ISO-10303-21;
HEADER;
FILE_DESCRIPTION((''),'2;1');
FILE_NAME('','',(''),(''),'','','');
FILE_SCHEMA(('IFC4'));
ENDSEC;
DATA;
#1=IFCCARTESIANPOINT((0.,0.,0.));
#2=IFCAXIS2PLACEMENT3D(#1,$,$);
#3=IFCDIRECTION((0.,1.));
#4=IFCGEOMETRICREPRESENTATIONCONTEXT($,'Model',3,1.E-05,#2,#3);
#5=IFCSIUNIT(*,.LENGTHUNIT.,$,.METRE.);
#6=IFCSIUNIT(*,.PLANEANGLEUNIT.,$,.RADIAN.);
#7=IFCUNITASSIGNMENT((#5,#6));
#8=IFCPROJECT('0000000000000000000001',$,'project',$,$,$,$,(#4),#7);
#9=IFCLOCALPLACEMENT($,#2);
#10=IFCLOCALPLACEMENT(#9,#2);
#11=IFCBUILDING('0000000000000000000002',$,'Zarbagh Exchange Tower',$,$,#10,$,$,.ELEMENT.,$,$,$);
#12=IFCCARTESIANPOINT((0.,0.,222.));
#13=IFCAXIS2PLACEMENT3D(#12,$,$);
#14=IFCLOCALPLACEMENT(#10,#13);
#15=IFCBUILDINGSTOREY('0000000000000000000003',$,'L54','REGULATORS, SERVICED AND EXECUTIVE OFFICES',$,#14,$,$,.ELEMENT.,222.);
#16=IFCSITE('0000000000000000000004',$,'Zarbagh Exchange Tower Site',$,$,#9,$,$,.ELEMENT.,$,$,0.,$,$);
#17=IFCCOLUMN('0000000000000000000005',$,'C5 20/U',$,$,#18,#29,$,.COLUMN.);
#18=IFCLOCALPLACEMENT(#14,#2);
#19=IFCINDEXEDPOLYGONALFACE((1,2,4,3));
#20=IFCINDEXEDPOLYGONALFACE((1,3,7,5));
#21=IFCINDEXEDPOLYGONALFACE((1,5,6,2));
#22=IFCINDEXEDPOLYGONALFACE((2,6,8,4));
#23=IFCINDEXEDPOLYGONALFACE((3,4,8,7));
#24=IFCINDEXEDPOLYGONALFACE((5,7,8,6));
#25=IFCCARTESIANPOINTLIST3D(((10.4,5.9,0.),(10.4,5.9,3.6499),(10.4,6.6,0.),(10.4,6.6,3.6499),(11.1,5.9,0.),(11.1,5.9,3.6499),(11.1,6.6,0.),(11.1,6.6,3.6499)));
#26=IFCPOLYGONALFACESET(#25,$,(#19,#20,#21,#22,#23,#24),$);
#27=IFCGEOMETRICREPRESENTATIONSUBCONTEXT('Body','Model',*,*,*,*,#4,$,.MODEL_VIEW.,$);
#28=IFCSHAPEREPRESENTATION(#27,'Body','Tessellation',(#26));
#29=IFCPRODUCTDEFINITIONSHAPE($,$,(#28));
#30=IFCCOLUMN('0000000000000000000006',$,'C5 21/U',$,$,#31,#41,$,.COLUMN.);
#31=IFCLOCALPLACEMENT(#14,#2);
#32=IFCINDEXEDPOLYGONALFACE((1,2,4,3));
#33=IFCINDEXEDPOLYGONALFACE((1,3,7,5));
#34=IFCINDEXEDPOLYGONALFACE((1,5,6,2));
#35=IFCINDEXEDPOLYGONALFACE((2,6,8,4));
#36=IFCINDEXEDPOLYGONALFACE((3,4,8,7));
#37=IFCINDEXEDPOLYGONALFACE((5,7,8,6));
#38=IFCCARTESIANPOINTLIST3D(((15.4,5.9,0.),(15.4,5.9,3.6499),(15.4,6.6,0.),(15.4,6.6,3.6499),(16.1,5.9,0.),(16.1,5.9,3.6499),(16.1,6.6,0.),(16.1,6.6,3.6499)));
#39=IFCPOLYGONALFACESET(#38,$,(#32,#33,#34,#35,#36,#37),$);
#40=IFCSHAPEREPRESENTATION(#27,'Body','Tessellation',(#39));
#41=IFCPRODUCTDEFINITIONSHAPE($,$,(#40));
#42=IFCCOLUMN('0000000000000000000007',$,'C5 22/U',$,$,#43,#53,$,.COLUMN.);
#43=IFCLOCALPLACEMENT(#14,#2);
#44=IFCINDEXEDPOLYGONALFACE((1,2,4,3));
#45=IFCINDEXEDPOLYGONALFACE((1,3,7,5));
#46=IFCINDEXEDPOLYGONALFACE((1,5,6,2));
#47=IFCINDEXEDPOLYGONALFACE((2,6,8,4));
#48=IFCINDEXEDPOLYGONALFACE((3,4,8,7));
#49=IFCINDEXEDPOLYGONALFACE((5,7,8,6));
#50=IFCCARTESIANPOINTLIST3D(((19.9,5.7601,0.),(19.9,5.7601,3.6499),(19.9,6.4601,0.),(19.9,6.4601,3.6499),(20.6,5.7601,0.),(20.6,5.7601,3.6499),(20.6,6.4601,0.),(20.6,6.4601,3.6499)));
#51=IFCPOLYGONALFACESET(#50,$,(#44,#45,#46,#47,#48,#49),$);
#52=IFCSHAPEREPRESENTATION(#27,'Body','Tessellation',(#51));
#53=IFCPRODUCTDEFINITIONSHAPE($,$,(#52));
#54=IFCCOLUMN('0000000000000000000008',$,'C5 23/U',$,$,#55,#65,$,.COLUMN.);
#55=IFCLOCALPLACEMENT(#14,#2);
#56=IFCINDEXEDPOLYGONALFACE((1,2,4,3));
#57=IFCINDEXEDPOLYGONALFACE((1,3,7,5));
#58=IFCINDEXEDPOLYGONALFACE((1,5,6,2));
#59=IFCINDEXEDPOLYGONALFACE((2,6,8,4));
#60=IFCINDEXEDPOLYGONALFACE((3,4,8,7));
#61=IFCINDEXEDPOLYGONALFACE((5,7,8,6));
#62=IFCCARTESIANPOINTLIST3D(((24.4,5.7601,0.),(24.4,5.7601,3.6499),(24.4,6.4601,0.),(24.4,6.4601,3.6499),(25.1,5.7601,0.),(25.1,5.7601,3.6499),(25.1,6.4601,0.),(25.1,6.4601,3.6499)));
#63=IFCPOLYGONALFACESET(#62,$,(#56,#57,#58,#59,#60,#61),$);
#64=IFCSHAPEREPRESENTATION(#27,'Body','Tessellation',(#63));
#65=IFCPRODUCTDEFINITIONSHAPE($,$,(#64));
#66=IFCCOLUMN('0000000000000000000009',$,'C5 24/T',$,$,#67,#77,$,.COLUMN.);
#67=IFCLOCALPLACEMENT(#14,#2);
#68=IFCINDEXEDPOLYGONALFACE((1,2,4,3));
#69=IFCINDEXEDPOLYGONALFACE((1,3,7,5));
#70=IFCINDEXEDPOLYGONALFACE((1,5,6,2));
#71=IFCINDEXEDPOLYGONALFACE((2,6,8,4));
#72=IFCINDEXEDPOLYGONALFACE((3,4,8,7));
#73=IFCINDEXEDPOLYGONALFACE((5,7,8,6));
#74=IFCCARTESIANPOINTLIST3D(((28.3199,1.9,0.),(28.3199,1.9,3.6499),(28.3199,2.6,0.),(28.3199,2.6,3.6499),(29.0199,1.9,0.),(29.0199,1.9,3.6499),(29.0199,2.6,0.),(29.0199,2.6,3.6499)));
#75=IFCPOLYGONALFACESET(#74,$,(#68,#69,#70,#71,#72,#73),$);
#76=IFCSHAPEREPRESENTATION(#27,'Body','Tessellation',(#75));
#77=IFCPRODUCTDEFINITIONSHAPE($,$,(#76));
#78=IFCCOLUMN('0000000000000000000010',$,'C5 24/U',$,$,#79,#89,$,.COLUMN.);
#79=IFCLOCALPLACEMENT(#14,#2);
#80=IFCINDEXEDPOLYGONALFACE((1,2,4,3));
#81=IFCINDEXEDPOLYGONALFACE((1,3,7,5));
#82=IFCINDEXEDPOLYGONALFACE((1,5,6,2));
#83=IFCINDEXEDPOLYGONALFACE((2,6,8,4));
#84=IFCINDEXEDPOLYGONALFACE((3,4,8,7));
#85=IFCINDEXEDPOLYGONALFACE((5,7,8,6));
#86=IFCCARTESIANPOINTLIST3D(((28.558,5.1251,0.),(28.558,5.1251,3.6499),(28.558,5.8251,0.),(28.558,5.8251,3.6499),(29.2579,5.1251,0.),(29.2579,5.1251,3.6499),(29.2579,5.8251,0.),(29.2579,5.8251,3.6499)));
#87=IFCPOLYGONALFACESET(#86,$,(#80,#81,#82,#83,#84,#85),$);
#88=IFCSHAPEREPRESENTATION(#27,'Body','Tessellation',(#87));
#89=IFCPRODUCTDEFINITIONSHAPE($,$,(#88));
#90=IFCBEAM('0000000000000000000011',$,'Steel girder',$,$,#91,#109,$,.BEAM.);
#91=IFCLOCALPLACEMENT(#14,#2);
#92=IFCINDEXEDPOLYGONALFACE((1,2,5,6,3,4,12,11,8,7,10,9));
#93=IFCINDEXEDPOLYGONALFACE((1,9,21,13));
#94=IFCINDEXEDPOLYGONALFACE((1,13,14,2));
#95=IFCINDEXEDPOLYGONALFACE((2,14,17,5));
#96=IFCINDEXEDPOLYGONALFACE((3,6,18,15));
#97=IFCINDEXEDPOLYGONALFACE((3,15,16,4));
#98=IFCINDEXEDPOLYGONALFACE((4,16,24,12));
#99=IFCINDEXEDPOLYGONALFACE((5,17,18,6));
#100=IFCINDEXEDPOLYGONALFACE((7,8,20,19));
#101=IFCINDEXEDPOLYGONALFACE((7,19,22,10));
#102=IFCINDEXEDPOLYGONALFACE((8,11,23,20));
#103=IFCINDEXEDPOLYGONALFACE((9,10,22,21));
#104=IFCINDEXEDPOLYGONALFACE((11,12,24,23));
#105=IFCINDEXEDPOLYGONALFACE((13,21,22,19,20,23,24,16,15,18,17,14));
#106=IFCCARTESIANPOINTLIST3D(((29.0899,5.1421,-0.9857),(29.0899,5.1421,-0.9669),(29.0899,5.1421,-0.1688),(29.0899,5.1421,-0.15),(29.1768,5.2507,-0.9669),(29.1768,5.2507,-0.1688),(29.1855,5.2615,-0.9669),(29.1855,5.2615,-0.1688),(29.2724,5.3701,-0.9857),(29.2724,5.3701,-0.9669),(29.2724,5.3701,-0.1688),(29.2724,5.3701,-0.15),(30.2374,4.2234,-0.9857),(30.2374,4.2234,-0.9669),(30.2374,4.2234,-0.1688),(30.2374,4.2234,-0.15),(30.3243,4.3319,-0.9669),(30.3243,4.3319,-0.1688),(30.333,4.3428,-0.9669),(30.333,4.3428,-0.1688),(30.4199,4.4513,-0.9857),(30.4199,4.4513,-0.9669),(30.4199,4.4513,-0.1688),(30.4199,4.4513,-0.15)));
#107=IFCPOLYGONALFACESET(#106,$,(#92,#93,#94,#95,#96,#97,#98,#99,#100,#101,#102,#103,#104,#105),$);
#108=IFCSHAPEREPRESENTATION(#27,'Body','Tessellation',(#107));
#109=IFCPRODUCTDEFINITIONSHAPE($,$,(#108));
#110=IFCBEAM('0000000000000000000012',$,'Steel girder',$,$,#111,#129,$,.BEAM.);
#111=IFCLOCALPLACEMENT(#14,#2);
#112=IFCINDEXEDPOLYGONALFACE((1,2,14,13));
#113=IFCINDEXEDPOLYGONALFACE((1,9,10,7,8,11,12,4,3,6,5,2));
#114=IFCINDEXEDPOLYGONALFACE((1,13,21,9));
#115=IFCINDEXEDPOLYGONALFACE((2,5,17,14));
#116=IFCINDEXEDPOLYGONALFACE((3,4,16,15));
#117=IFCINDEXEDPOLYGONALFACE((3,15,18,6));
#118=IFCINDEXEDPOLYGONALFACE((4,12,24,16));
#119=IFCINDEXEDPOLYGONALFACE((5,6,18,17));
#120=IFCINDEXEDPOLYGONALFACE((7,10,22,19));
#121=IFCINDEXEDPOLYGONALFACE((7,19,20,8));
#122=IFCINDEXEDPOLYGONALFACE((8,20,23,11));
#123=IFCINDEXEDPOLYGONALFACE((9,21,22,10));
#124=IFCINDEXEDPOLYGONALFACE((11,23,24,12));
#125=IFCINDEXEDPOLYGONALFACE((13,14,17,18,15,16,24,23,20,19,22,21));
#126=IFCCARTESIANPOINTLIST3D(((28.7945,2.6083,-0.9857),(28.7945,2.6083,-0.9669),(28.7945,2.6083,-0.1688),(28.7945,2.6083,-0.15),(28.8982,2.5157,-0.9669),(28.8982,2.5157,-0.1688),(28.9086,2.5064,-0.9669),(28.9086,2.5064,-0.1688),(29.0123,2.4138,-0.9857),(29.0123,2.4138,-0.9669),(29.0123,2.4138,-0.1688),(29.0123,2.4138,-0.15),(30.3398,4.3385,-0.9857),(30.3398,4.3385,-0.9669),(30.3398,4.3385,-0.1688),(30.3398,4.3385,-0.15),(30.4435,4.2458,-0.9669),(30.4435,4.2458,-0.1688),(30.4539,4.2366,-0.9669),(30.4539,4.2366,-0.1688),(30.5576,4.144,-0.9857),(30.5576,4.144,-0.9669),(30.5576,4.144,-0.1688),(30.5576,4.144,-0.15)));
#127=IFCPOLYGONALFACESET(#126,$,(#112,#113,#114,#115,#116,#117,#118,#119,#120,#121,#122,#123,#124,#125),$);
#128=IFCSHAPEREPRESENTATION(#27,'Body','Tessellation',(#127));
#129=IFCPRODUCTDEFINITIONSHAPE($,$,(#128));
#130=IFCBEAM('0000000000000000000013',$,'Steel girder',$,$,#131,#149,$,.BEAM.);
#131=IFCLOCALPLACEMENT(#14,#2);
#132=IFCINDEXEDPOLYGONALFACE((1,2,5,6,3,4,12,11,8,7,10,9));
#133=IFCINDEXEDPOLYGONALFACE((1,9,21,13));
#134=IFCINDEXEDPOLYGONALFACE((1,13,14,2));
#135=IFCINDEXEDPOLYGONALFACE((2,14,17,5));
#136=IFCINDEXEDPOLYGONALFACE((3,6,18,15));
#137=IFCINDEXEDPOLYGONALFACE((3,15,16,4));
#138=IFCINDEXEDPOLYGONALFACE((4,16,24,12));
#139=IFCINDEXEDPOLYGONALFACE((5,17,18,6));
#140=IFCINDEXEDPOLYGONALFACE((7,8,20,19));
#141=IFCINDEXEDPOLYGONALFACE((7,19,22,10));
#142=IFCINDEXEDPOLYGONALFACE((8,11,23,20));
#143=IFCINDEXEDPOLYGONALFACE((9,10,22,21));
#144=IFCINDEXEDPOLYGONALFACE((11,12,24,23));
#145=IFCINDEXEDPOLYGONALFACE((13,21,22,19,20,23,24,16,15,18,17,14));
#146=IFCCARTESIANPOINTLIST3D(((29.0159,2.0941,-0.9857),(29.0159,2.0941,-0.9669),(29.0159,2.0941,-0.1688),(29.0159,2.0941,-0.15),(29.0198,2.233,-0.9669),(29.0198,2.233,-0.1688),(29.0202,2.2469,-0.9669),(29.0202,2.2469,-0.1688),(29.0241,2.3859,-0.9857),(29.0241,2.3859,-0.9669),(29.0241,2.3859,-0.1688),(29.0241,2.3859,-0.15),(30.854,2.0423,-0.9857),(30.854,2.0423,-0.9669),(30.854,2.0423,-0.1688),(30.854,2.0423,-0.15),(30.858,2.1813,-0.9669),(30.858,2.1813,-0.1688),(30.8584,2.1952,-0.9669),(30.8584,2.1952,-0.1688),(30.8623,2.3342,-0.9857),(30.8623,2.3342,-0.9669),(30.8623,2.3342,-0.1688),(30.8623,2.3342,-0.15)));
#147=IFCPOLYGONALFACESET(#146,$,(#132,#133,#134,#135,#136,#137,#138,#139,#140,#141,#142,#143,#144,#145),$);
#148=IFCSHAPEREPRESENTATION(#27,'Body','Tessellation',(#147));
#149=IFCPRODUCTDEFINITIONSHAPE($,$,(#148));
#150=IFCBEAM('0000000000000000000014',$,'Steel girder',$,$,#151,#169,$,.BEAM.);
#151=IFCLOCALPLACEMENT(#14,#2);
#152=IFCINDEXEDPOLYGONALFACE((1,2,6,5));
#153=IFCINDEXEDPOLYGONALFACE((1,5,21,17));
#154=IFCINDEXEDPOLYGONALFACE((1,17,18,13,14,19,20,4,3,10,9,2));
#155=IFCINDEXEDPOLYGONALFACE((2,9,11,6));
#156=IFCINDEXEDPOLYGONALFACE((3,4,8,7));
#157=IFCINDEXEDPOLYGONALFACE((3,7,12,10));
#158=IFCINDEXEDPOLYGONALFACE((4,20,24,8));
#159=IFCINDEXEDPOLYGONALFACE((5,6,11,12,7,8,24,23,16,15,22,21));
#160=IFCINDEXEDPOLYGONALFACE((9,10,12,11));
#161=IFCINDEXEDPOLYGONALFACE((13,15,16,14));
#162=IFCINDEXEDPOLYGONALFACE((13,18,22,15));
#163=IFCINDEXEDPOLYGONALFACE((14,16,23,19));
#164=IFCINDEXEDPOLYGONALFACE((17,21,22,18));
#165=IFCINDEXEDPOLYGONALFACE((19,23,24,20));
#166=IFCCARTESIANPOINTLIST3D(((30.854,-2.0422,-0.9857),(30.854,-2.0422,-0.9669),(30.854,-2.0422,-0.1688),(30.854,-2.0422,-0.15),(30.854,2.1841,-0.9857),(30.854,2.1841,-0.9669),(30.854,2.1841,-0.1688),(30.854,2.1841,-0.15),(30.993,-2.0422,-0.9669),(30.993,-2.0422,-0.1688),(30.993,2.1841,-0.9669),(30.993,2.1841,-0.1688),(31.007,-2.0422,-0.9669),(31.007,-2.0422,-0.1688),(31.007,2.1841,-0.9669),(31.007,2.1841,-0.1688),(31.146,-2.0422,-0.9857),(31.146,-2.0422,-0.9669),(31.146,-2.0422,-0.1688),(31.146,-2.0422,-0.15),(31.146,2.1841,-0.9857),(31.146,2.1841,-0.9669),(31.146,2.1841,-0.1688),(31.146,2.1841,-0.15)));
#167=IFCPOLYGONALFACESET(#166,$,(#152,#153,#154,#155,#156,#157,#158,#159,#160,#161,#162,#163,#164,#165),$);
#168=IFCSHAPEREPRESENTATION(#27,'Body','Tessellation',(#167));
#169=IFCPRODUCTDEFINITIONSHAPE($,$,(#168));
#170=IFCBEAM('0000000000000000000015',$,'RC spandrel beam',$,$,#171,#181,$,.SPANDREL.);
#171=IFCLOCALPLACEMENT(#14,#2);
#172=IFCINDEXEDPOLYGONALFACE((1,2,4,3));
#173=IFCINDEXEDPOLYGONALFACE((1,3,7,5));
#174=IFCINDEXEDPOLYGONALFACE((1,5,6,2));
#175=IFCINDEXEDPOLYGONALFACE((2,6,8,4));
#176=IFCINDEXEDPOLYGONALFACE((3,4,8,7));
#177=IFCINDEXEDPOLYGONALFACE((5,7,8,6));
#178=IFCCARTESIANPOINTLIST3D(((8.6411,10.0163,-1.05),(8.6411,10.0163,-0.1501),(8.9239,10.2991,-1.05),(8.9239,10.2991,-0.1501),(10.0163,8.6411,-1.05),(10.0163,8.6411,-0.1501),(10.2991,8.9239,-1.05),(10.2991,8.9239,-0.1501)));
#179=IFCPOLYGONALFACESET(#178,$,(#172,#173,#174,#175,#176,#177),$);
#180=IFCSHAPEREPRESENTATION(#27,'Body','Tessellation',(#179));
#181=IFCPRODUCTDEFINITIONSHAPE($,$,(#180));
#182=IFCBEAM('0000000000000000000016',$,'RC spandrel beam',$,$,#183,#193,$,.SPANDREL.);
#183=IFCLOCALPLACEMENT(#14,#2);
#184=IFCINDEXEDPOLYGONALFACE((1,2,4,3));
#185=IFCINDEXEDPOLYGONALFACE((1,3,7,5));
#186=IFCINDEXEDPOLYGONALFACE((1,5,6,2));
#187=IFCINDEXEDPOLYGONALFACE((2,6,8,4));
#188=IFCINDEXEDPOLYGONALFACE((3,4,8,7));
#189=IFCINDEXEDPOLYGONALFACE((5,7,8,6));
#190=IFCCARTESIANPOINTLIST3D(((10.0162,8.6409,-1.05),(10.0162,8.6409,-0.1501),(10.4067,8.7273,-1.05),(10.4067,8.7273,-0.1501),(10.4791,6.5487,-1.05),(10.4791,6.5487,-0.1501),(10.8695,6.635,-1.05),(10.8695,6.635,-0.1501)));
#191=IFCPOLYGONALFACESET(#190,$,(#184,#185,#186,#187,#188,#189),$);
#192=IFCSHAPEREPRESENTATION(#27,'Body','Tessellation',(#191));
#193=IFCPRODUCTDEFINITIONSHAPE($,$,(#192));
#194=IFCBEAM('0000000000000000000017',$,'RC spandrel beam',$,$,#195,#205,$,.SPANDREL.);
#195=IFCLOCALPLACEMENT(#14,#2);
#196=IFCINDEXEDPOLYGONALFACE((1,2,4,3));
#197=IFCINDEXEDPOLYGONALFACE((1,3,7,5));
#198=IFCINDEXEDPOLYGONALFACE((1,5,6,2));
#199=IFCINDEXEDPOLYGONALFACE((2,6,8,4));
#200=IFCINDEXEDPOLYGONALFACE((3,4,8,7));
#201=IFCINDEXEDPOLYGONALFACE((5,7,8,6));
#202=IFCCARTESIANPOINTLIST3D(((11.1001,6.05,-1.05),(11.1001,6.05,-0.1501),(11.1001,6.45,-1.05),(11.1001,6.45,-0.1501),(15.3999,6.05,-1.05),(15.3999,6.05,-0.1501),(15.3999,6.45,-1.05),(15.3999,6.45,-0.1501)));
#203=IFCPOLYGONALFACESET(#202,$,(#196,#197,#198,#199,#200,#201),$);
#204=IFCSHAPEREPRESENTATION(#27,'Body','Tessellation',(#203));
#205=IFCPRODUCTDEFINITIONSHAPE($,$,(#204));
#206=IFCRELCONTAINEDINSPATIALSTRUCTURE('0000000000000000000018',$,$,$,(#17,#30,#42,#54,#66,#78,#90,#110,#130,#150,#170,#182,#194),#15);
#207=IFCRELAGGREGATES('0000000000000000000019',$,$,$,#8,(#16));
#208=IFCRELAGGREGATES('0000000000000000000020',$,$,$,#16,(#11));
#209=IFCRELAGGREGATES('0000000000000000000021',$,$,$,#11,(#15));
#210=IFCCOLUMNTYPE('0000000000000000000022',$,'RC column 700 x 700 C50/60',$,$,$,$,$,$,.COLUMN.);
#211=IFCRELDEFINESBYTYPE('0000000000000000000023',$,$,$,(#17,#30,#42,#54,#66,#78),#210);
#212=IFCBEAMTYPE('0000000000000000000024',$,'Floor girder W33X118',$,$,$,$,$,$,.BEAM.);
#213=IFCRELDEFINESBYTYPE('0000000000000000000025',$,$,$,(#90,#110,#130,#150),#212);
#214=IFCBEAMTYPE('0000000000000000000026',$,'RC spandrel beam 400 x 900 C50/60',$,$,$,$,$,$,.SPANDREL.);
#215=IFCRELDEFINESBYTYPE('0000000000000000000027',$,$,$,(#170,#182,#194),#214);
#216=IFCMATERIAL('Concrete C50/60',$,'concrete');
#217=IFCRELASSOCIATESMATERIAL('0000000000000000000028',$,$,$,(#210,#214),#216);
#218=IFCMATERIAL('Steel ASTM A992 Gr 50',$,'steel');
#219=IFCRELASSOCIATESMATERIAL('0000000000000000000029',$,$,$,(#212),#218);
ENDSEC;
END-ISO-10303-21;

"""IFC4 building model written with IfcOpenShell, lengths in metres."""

from ifc_helpers import new_model, si_unit, direction, frame, origin, origin_2d, place, context, subcontext, project, spatial, rectangle, i_section, extrude, material, material_profile, profile_set, type_object, element, save


model = new_model("IFC4")

# Units and contexts
model_context = context("Model", 3, precision=1e-05, world=origin(), true_north=direction((0.0, 1.0)))
body_context = subcontext(model_context, "Body", "Model", "MODEL_VIEW")
ifc_project = project(units=[si_unit("LENGTHUNIT", "METRE"), si_unit("PLANEANGLEUNIT", "RADIAN")], contexts=[model_context])

# Site, building, storey
site_placement = place(None, origin())
site = spatial("IfcSite", under=ifc_project, at=site_placement, Name="Zarbagh Exchange Tower Site", CompositionType="ELEMENT", RefElevation=0.0)
building_placement = place(site_placement, origin())
building = spatial("IfcBuilding", under=site, at=building_placement, Name="Zarbagh Exchange Tower", CompositionType="ELEMENT")
storey_placement = place(building_placement, frame((0.0, 0.0, 222.0)))
storey = spatial("IfcBuildingStorey", under=building, at=storey_placement, Name="L54", Description="REGULATORS, SERVICED AND EXECUTIVE OFFICES", CompositionType="ELEMENT", Elevation=222.0)

# Columns
ifc_material_1 = material(Name="Concrete C50/60", Category="concrete")
ifc_material_profile_1 = material_profile(ifc_material_1, rectangle(XDim=0.7, YDim=0.7, at=origin_2d()), Name="RC column 700 x 700 C50/60")
ifc_profile_set_1 = profile_set([ifc_material_profile_1], Name="Concrete C50/60")
column_type = type_object("IfcColumnType", Name="RC column 700 x 700 C50/60", PredefinedType="COLUMN", material=ifc_profile_set_1)
for number, where, z_axis, x_axis, name in (
    (1, (10.75, 6.25, 0.0), (0.0, 0.0, 1.0), (1.0, 0.0, 0.0), "C5 20/U"),
    (2, (15.75, 6.25, 0.0), (0.0, 0.0, 1.0), (1.0, 0.0, 0.0), "C5 21/U"),
    (3, (20.25, 6.1101, 0.0), (0.0, 0.0, 1.0), (1.0, 0.0, 0.0), "C5 22/U"),
    (4, (24.75, 6.1101, 0.0), (0.0, 0.0, 1.0), (1.0, 0.0, 0.0), "C5 23/U"),
    (5, (28.6699, 2.25, 0.0), (0.0, 0.0, 1.0), (1.0, 0.0, 0.0), "C5 24/T"),
    (6, (28.908, 5.4751, 0.0), (0.0, 0.0, 1.0), (1.0, 0.0, 0.0), "C5 24/U"),
):
    element("IfcColumn", number, at=place(storey_placement, frame(where, z_axis=z_axis, x_axis=x_axis)), inside=storey, type_object=column_type, Name=name, PredefinedType="COLUMN", context=body_context, shape_type="SweptSolid", body=[
        extrude(rectangle(XDim=0.7, YDim=0.7, at=origin_2d()), origin(), (0.0, 0.0, 1.0), 3.6499),
    ])

# Beams
ifc_material_2 = material(Name="Steel ASTM A992 Gr 50", Category="steel")
ifc_material_profile_2 = material_profile(ifc_material_2, i_section(OverallWidth=0.292, OverallDepth=0.8357, WebThickness=0.0139, FlangeThickness=0.0188, at=origin_2d()), Name="W33X118")
ifc_profile_set_2 = profile_set([ifc_material_profile_2], Name="Steel ASTM A992 Gr 50")
beam_type_1 = type_object("IfcBeamType", Name="Floor girder W33X118", PredefinedType="BEAM", material=ifc_profile_set_2)
beam_1_placement = place(storey_placement, frame((29.1812, 5.2561, -0.5679), z_axis=(0.780626, -0.624999, 0.0), x_axis=(0.624999, 0.780626, 0.0)))
element("IfcBeam", 7, at=beam_1_placement, inside=storey, type_object=beam_type_1, Name="Steel girder", PredefinedType="BEAM", context=body_context, shape_type="SweptSolid", body=[
    extrude(i_section(OverallWidth=0.292, OverallDepth=0.8357, WebThickness=0.0139, FlangeThickness=0.0188, at=origin_2d()), origin(), (0.0, 0.0, 1.0), 1.47),
])
beam_2_placement = place(storey_placement, frame((30.4487, 4.2412, -0.5679), z_axis=(-0.666152, -0.745816, 0.0), x_axis=(0.745816, -0.666152, 0.0)))
element("IfcBeam", 8, at=beam_2_placement, inside=storey, type_object=beam_type_1, Name="Steel girder", PredefinedType="BEAM", context=body_context, shape_type="SweptSolid", body=[
    extrude(i_section(OverallWidth=0.292, OverallDepth=0.8357, WebThickness=0.0139, FlangeThickness=0.0188, at=origin_2d()), origin(), (0.0, 0.0, 1.0), 2.3198),
])
beam_3_placement = place(storey_placement, frame((29.02, 2.24, -0.5679), z_axis=(0.999604, -0.028147, 0.0), x_axis=(0.028147, 0.999604, 0.0)))
element("IfcBeam", 9, at=beam_3_placement, inside=storey, type_object=beam_type_1, Name="Steel girder", PredefinedType="BEAM", context=body_context, shape_type="SweptSolid", body=[
    extrude(i_section(OverallWidth=0.292, OverallDepth=0.8357, WebThickness=0.0139, FlangeThickness=0.0188, at=origin_2d()), origin(), (0.0, 0.0, 1.0), 1.8389),
])
beam_4_placement = place(storey_placement, frame((31.0, 2.1841, -0.5679), z_axis=(0.0, -1.0, 0.0), x_axis=(1.0, 0.0, 0.0)))
element("IfcBeam", 10, at=beam_4_placement, inside=storey, type_object=beam_type_1, Name="Steel girder", PredefinedType="BEAM", context=body_context, shape_type="SweptSolid", body=[
    extrude(i_section(OverallWidth=0.292, OverallDepth=0.8357, WebThickness=0.0139, FlangeThickness=0.0188, at=origin_2d()), origin(), (0.0, 0.0, 1.0), 4.2263),
])
ifc_material_profile_3 = material_profile(ifc_material_1, rectangle(XDim=0.3999, YDim=0.8999, at=origin_2d()), Name="RC spandrel beam 400 x 900 C50/60")
ifc_profile_set_3 = profile_set([ifc_material_profile_3], Name="Concrete C50/60")
beam_type_2 = type_object("IfcBeamType", Name="RC spandrel beam 400 x 900 C50/60", PredefinedType="SPANDREL", material=ifc_profile_set_3)
beam_5_placement = place(storey_placement, frame((8.7825, 10.1577, -0.6001), z_axis=(0.707107, -0.707107, 0.0), x_axis=(0.707107, 0.707107, 0.0)))
element("IfcBeam", 11, at=beam_5_placement, inside=storey, type_object=beam_type_2, Name="RC spandrel beam", PredefinedType="SPANDREL", context=body_context, shape_type="SweptSolid", body=[
    extrude(rectangle(XDim=0.3999, YDim=0.8999, at=origin_2d()), origin(), (0.0, 0.0, 1.0), 1.9448),
])
beam_6_placement = place(storey_placement, frame((10.2114, 8.6841, -0.6001), z_axis=(0.216014, -0.97639, 0.0), x_axis=(0.97639, 0.216014, 0.0)))
element("IfcBeam", 12, at=beam_6_placement, inside=storey, type_object=beam_type_2, Name="RC spandrel beam", PredefinedType="SPANDREL", context=body_context, shape_type="SweptSolid", body=[
    extrude(rectangle(XDim=0.3999, YDim=0.8999, at=origin_2d()), origin(), (0.0, 0.0, 1.0), 2.1428),
])
beam_7_placement = place(storey_placement, frame((11.1001, 6.25, -0.6001), z_axis=(1.0, 0.0, 0.0), x_axis=(0.0, 1.0, 0.0)))
element("IfcBeam", 13, at=beam_7_placement, inside=storey, type_object=beam_type_2, Name="RC spandrel beam", PredefinedType="SPANDREL", context=body_context, shape_type="SweptSolid", body=[
    extrude(rectangle(XDim=0.3999, YDim=0.8999, at=origin_2d()), origin(), (0.0, 0.0, 1.0), 4.2998),
])

save(model, "model.ifc")
